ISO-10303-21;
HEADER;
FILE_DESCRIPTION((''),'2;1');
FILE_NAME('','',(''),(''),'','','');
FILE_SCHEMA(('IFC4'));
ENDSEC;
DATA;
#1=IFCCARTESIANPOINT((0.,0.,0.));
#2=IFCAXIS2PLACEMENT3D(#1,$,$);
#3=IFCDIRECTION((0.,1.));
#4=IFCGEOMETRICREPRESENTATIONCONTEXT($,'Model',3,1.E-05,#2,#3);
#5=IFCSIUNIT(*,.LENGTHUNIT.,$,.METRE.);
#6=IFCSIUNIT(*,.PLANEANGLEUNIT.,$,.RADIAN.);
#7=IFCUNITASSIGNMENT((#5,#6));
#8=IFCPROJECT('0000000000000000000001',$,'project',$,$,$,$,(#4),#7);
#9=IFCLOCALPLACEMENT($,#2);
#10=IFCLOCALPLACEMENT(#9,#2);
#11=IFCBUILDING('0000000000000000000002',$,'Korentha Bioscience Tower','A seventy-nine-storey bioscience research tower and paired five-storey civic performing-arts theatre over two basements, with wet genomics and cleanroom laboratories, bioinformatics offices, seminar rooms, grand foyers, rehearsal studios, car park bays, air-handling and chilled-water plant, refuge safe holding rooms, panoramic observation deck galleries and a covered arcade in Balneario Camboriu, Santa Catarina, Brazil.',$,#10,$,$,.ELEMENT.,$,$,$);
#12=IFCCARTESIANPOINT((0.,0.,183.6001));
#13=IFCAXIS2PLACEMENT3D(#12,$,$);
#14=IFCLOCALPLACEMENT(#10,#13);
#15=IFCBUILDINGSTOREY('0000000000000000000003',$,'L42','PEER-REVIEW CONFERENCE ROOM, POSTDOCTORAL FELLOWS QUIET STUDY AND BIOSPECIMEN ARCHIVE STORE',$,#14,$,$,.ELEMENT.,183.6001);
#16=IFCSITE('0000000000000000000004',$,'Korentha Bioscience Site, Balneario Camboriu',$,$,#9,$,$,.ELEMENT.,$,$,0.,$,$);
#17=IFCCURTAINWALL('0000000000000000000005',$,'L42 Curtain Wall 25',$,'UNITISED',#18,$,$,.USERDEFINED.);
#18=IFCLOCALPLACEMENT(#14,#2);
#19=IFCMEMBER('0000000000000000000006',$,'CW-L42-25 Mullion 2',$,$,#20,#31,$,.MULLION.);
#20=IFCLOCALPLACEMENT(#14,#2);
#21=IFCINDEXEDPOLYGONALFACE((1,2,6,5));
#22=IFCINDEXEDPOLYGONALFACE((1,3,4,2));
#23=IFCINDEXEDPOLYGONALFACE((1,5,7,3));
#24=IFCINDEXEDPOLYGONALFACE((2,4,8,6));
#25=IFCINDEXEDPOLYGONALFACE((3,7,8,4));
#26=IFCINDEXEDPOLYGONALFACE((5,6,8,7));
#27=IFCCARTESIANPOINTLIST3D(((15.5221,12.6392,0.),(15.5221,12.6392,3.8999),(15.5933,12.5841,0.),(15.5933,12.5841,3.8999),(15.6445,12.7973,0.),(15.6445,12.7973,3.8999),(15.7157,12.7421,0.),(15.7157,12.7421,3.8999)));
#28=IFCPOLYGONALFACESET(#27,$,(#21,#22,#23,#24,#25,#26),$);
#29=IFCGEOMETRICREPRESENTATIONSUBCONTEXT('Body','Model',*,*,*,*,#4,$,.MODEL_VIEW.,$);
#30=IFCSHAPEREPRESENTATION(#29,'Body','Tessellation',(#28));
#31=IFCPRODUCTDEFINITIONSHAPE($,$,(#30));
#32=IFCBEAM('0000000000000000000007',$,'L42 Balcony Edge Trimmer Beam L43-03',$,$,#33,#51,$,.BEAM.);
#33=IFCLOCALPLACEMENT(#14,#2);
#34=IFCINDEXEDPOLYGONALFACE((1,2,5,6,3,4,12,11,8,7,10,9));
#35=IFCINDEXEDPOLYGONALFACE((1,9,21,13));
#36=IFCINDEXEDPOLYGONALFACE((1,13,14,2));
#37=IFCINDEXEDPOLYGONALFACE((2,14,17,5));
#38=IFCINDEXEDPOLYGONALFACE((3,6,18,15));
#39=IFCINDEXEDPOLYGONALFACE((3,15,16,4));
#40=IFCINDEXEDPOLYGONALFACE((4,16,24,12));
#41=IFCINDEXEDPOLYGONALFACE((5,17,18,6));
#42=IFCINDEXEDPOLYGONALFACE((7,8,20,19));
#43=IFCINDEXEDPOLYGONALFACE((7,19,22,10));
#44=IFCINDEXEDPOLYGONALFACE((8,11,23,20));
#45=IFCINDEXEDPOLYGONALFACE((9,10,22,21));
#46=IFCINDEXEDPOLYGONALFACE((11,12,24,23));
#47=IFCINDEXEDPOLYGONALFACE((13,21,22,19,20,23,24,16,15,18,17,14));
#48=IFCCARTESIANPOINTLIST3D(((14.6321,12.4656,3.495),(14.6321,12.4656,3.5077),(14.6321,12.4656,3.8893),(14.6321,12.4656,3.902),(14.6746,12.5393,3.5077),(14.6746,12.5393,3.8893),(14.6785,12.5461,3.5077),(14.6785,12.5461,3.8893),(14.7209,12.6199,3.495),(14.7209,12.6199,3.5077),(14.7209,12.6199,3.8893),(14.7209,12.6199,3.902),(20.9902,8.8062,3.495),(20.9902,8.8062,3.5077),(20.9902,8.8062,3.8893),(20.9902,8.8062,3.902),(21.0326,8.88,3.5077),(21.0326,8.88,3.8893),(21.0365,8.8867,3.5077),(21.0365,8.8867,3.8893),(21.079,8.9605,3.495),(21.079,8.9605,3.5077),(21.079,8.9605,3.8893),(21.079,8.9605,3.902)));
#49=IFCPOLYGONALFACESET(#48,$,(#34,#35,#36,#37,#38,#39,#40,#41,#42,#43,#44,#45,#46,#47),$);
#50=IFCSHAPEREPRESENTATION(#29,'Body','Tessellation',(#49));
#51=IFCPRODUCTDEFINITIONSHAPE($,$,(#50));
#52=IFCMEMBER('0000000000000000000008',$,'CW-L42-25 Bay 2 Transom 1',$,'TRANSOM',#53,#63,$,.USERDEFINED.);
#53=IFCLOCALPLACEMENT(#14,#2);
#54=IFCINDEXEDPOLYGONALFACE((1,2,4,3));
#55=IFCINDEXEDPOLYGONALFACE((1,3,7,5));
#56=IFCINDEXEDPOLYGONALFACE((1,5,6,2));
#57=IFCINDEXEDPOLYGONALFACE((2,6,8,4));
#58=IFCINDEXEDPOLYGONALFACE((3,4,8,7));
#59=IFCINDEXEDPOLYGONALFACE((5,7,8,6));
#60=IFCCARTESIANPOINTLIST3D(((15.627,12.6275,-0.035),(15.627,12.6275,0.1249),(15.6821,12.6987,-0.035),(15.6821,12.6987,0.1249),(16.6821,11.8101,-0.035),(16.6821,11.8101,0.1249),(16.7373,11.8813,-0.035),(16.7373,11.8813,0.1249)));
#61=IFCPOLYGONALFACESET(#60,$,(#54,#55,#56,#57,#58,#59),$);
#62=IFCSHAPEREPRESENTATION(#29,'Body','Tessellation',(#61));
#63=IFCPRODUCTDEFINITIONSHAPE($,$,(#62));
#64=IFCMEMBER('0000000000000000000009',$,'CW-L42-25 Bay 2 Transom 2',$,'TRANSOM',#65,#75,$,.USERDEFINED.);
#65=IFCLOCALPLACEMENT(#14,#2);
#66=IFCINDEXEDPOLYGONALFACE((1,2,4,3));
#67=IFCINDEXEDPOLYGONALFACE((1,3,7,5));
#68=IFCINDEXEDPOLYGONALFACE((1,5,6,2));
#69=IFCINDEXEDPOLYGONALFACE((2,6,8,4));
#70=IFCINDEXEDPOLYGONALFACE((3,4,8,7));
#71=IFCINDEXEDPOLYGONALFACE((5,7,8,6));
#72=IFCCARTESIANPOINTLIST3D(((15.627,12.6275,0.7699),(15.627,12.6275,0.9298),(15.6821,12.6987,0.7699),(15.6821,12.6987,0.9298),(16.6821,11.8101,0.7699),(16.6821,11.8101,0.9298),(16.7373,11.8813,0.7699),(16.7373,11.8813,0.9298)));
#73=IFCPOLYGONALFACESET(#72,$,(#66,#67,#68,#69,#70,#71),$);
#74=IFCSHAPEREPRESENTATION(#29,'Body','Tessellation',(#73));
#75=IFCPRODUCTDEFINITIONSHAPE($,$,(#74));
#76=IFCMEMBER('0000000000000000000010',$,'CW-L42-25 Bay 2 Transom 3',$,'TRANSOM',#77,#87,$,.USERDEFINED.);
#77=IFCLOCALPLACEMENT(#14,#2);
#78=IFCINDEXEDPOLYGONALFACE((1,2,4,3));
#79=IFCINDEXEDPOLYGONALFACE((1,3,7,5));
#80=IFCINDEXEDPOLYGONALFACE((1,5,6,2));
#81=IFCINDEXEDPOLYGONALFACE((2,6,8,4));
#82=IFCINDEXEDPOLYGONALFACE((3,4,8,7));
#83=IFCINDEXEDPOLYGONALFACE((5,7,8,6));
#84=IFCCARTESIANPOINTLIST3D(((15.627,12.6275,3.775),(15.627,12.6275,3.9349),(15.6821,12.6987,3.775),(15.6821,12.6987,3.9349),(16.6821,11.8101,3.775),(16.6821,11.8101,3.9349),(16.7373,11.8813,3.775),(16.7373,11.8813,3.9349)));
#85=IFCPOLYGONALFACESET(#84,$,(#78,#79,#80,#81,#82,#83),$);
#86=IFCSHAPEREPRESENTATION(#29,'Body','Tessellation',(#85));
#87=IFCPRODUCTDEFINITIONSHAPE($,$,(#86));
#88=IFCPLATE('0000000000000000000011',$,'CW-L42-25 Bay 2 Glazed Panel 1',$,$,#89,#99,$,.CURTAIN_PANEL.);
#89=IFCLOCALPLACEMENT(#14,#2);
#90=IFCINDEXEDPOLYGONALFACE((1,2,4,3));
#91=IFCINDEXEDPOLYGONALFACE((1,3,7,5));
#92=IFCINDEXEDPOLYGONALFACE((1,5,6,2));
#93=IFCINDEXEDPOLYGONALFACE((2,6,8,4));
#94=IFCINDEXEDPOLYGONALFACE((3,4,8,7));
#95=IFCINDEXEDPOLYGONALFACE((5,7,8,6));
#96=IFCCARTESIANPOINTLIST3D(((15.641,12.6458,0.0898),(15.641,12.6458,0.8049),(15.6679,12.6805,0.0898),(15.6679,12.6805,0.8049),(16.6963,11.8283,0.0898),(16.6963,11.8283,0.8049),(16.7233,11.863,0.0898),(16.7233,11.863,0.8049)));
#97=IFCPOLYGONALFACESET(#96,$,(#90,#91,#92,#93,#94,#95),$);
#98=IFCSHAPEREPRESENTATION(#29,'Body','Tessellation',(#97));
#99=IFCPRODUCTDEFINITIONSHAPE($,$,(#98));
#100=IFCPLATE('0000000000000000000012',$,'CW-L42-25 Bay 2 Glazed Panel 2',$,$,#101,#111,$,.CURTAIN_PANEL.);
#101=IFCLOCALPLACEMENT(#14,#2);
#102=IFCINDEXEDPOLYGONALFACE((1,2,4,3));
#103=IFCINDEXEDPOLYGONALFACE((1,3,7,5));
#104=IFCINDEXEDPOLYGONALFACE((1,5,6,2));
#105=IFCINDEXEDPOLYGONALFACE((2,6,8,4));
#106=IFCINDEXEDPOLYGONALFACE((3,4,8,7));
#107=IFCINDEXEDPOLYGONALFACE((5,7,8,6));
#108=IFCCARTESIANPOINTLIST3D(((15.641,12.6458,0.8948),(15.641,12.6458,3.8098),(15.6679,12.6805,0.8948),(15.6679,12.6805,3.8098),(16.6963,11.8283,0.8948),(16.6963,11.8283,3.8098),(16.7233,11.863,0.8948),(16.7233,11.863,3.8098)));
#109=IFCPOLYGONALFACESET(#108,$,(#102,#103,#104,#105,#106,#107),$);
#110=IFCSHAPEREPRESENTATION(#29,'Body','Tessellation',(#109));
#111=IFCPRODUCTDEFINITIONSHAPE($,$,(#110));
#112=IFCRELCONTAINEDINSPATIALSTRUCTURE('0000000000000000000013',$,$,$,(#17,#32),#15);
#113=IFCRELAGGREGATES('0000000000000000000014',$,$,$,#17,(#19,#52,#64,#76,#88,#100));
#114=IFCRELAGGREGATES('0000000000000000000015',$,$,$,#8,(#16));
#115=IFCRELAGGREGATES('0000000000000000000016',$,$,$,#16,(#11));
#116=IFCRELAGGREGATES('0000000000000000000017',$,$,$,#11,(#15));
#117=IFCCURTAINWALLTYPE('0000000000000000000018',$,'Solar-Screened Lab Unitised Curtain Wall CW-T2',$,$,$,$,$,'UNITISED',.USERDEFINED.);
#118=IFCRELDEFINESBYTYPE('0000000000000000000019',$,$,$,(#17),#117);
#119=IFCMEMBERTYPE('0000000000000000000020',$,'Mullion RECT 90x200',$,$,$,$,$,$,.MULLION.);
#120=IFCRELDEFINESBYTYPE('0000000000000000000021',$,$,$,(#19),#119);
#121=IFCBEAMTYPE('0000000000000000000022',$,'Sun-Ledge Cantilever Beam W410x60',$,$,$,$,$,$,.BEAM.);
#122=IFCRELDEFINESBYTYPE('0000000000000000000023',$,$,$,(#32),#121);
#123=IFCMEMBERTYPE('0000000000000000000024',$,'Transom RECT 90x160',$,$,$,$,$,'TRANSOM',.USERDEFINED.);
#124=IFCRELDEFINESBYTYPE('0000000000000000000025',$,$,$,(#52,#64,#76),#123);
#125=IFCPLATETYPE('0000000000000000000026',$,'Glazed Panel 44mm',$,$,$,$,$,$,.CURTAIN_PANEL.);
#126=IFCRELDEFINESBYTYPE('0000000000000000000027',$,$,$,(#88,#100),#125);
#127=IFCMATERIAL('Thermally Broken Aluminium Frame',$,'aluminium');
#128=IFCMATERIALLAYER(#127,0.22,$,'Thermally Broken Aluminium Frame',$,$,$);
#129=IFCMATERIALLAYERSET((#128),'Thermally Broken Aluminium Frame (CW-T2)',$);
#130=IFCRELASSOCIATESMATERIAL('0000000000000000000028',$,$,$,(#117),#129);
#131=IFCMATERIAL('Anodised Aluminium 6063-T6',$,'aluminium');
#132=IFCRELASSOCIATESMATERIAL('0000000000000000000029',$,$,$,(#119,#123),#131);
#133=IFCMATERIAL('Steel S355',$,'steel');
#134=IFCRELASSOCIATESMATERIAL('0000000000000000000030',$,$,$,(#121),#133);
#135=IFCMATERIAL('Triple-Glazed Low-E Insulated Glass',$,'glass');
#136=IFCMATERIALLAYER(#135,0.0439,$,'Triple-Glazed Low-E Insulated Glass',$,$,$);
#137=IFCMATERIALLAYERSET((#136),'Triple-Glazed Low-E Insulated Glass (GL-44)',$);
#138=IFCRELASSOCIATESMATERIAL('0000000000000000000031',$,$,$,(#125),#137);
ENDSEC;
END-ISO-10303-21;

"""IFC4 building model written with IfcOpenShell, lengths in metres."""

from ifc_helpers import new_model, si_unit, direction, frame, origin, origin_2d, place, context, subcontext, project, spatial, rectangle, i_section, extrude, material, layer, layer_set, material_profile, profile_set, type_object, element, aggregate, save


model = new_model("IFC4")

# Units and contexts
model_context = context("Model", 3, precision=1e-05, world=origin(), true_north=direction((0.0, 1.0)))
body_context = subcontext(model_context, "Body", "Model", "MODEL_VIEW")
ifc_project = project(units=[si_unit("LENGTHUNIT", "METRE"), si_unit("PLANEANGLEUNIT", "RADIAN")], contexts=[model_context])

# Site, building, storey
site_placement = place(None, origin())
site = spatial("IfcSite", under=ifc_project, at=site_placement, Name="Korentha Bioscience Site, Balneario Camboriu", CompositionType="ELEMENT", RefElevation=0.0)
building_placement = place(site_placement, origin())
building = spatial("IfcBuilding", under=site, at=building_placement, Name="Korentha Bioscience Tower", Description="A seventy-nine-storey bioscience research tower and paired five-storey civic performing-arts theatre over two basements, with wet genomics and cleanroom laboratories, bioinformatics offices, seminar rooms, grand foyers, rehearsal studios, car park bays, air-handling and chilled-water plant, refuge safe holding rooms, panoramic observation deck galleries and a covered arcade in Balneario Camboriu, Santa Catarina, Brazil.", CompositionType="ELEMENT")
storey_placement = place(building_placement, frame((0.0, 0.0, 183.6001)))
storey = spatial("IfcBuildingStorey", under=building, at=storey_placement, Name="L42", Description="PEER-REVIEW CONFERENCE ROOM, POSTDOCTORAL FELLOWS QUIET STUDY AND BIOSPECIMEN ARCHIVE STORE", CompositionType="ELEMENT", Elevation=183.6001)

# Curtain wall, member
ifc_material_1 = material(Name="Thermally Broken Aluminium Frame", Category="aluminium")
ifc_layer_1 = layer(ifc_material_1, 0.22, Name="Thermally Broken Aluminium Frame")
ifc_layer_set_1 = layer_set([ifc_layer_1], Name="Thermally Broken Aluminium Frame (CW-T2)")
curtain_wall_type = type_object("IfcCurtainWallType", Name="Solar-Screened Lab Unitised Curtain Wall CW-T2", ElementType="UNITISED", PredefinedType="USERDEFINED", material=ifc_layer_set_1)
curtain_wall_placement = place(storey_placement, origin())
curtain_wall = element("IfcCurtainWall", 1, at=curtain_wall_placement, inside=storey, type_object=curtain_wall_type, Name="L42 Curtain Wall 25", ObjectType="UNITISED", PredefinedType="USERDEFINED")
ifc_material_2 = material(Name="Anodised Aluminium 6063-T6", Category="aluminium")
ifc_material_profile_1 = material_profile(ifc_material_2, rectangle(XDim=0.0901, YDim=0.2, at=origin_2d()), Name="Anodised Aluminium 6063-T6")
ifc_profile_set_1 = profile_set([ifc_material_profile_1], Name="Anodised Aluminium 6063-T6 (CW-MUL)")
member_type_1 = type_object("IfcMemberType", Name="Mullion RECT 90x200", PredefinedType="MULLION", material=ifc_profile_set_1)
member_1_placement = place(storey_placement, frame((15.6189, 12.6907, 0.0), z_axis=(0.0, 0.0, 1.0), x_axis=(0.790547, -0.612402, 0.0)))
member_1 = element("IfcMember", 2, at=member_1_placement, type_object=member_type_1, Name="CW-L42-25 Mullion 2", PredefinedType="MULLION", context=body_context, shape_type="SweptSolid", body=[
    extrude(rectangle(XDim=0.0901, YDim=0.2, at=origin_2d()), origin(), (0.0, 0.0, 1.0), 3.8999),
])

# Beam
ifc_material_3 = material(Name="Steel S355", Category="steel")
ifc_material_profile_2 = material_profile(ifc_material_3, i_section(OverallWidth=0.178, OverallDepth=0.407, WebThickness=0.0078, FlangeThickness=0.0127, at=origin_2d()), Name="Steel S355")
ifc_profile_set_2 = profile_set([ifc_material_profile_2], Name="Steel S355 (CB-410)")
beam_type = type_object("IfcBeamType", Name="Sun-Ledge Cantilever Beam W410x60", PredefinedType="BEAM", material=ifc_profile_set_2)
beam_placement = place(storey_placement, frame((14.6765, 12.5427, 3.6985), z_axis=(0.866701, -0.498828, 0.0), x_axis=(0.498828, 0.866701, 0.0)))
element("IfcBeam", 3, at=beam_placement, inside=storey, type_object=beam_type, Name="L42 Balcony Edge Trimmer Beam L43-03", PredefinedType="BEAM", context=body_context, shape_type="SweptSolid", body=[
    extrude(i_section(OverallWidth=0.178, OverallDepth=0.407, WebThickness=0.0078, FlangeThickness=0.0127, at=origin_2d()), origin(), (0.0, 0.0, 1.0), 7.3359),
])

# Members
ifc_material_profile_3 = material_profile(ifc_material_2, rectangle(XDim=0.0901, YDim=0.1599, at=origin_2d()), Name="Anodised Aluminium 6063-T6")
ifc_profile_set_3 = profile_set([ifc_material_profile_3], Name="Anodised Aluminium 6063-T6 (CW-TRN)")
member_type_2 = type_object("IfcMemberType", Name="Transom RECT 90x160", ElementType="TRANSOM", PredefinedType="USERDEFINED", material=ifc_profile_set_3)
member_2_placement = place(storey_placement, frame((15.6545, 12.6631, 0.0449), z_axis=(0.790552, -0.612395, 0.0), x_axis=(0.612395, 0.790552, 0.0)))
member_2 = element("IfcMember", 4, at=member_2_placement, type_object=member_type_2, Name="CW-L42-25 Bay 2 Transom 1", ObjectType="TRANSOM", PredefinedType="USERDEFINED", context=body_context, shape_type="SweptSolid", body=[
    extrude(rectangle(XDim=0.0901, YDim=0.1599, at=origin_2d()), origin(), (0.0, 0.0, 1.0), 1.3347),
])
member_3_placement = place(storey_placement, frame((15.6545, 12.6631, 0.8499), z_axis=(0.790552, -0.612395, 0.0), x_axis=(0.612395, 0.790552, 0.0)))
member_3 = element("IfcMember", 5, at=member_3_placement, type_object=member_type_2, Name="CW-L42-25 Bay 2 Transom 2", ObjectType="TRANSOM", PredefinedType="USERDEFINED", context=body_context, shape_type="SweptSolid", body=[
    extrude(rectangle(XDim=0.0901, YDim=0.1599, at=origin_2d()), origin(), (0.0, 0.0, 1.0), 1.3347),
])
member_4_placement = place(storey_placement, frame((15.6545, 12.6631, 3.855), z_axis=(0.790552, -0.612395, 0.0), x_axis=(0.612395, 0.790552, 0.0)))
member_4 = element("IfcMember", 6, at=member_4_placement, type_object=member_type_2, Name="CW-L42-25 Bay 2 Transom 3", ObjectType="TRANSOM", PredefinedType="USERDEFINED", context=body_context, shape_type="SweptSolid", body=[
    extrude(rectangle(XDim=0.0901, YDim=0.1599, at=origin_2d()), origin(), (0.0, 0.0, 1.0), 1.3347),
])

# Plates
ifc_material_4 = material(Name="Triple-Glazed Low-E Insulated Glass", Category="glass")
ifc_layer_2 = layer(ifc_material_4, 0.0439, Name="Triple-Glazed Low-E Insulated Glass")
ifc_layer_set_2 = layer_set([ifc_layer_2], Name="Triple-Glazed Low-E Insulated Glass (GL-44)")
plate_type = type_object("IfcPlateType", Name="Glazed Panel 44mm", PredefinedType="CURTAIN_PANEL", material=ifc_layer_set_2)
plate_1_placement = place(storey_placement, frame((16.1821, 12.2544, 0.0898), z_axis=(0.0, 0.0, 1.0), x_axis=(0.790547, -0.612402, 0.0)))
plate_1 = element("IfcPlate", 7, at=plate_1_placement, type_object=plate_type, Name="CW-L42-25 Bay 2 Glazed Panel 1", PredefinedType="CURTAIN_PANEL", context=body_context, shape_type="SweptSolid", body=[
    extrude(rectangle(XDim=1.335, YDim=0.0439, at=origin_2d()), origin(), (0.0, 0.0, 1.0), 0.7151),
])
plate_2_placement = place(storey_placement, frame((16.1821, 12.2544, 0.8948), z_axis=(0.0, 0.0, 1.0), x_axis=(0.790547, -0.612402, 0.0)))
plate_2 = element("IfcPlate", 8, at=plate_2_placement, type_object=plate_type, Name="CW-L42-25 Bay 2 Glazed Panel 2", PredefinedType="CURTAIN_PANEL", context=body_context, shape_type="SweptSolid", body=[
    extrude(rectangle(XDim=1.335, YDim=0.0439, at=origin_2d()), origin(), (0.0, 0.0, 1.0), 2.915),
])
aggregate(curtain_wall, [member_1, member_2, member_3, member_4, plate_1, plate_2])

save(model, "model.ifc")
